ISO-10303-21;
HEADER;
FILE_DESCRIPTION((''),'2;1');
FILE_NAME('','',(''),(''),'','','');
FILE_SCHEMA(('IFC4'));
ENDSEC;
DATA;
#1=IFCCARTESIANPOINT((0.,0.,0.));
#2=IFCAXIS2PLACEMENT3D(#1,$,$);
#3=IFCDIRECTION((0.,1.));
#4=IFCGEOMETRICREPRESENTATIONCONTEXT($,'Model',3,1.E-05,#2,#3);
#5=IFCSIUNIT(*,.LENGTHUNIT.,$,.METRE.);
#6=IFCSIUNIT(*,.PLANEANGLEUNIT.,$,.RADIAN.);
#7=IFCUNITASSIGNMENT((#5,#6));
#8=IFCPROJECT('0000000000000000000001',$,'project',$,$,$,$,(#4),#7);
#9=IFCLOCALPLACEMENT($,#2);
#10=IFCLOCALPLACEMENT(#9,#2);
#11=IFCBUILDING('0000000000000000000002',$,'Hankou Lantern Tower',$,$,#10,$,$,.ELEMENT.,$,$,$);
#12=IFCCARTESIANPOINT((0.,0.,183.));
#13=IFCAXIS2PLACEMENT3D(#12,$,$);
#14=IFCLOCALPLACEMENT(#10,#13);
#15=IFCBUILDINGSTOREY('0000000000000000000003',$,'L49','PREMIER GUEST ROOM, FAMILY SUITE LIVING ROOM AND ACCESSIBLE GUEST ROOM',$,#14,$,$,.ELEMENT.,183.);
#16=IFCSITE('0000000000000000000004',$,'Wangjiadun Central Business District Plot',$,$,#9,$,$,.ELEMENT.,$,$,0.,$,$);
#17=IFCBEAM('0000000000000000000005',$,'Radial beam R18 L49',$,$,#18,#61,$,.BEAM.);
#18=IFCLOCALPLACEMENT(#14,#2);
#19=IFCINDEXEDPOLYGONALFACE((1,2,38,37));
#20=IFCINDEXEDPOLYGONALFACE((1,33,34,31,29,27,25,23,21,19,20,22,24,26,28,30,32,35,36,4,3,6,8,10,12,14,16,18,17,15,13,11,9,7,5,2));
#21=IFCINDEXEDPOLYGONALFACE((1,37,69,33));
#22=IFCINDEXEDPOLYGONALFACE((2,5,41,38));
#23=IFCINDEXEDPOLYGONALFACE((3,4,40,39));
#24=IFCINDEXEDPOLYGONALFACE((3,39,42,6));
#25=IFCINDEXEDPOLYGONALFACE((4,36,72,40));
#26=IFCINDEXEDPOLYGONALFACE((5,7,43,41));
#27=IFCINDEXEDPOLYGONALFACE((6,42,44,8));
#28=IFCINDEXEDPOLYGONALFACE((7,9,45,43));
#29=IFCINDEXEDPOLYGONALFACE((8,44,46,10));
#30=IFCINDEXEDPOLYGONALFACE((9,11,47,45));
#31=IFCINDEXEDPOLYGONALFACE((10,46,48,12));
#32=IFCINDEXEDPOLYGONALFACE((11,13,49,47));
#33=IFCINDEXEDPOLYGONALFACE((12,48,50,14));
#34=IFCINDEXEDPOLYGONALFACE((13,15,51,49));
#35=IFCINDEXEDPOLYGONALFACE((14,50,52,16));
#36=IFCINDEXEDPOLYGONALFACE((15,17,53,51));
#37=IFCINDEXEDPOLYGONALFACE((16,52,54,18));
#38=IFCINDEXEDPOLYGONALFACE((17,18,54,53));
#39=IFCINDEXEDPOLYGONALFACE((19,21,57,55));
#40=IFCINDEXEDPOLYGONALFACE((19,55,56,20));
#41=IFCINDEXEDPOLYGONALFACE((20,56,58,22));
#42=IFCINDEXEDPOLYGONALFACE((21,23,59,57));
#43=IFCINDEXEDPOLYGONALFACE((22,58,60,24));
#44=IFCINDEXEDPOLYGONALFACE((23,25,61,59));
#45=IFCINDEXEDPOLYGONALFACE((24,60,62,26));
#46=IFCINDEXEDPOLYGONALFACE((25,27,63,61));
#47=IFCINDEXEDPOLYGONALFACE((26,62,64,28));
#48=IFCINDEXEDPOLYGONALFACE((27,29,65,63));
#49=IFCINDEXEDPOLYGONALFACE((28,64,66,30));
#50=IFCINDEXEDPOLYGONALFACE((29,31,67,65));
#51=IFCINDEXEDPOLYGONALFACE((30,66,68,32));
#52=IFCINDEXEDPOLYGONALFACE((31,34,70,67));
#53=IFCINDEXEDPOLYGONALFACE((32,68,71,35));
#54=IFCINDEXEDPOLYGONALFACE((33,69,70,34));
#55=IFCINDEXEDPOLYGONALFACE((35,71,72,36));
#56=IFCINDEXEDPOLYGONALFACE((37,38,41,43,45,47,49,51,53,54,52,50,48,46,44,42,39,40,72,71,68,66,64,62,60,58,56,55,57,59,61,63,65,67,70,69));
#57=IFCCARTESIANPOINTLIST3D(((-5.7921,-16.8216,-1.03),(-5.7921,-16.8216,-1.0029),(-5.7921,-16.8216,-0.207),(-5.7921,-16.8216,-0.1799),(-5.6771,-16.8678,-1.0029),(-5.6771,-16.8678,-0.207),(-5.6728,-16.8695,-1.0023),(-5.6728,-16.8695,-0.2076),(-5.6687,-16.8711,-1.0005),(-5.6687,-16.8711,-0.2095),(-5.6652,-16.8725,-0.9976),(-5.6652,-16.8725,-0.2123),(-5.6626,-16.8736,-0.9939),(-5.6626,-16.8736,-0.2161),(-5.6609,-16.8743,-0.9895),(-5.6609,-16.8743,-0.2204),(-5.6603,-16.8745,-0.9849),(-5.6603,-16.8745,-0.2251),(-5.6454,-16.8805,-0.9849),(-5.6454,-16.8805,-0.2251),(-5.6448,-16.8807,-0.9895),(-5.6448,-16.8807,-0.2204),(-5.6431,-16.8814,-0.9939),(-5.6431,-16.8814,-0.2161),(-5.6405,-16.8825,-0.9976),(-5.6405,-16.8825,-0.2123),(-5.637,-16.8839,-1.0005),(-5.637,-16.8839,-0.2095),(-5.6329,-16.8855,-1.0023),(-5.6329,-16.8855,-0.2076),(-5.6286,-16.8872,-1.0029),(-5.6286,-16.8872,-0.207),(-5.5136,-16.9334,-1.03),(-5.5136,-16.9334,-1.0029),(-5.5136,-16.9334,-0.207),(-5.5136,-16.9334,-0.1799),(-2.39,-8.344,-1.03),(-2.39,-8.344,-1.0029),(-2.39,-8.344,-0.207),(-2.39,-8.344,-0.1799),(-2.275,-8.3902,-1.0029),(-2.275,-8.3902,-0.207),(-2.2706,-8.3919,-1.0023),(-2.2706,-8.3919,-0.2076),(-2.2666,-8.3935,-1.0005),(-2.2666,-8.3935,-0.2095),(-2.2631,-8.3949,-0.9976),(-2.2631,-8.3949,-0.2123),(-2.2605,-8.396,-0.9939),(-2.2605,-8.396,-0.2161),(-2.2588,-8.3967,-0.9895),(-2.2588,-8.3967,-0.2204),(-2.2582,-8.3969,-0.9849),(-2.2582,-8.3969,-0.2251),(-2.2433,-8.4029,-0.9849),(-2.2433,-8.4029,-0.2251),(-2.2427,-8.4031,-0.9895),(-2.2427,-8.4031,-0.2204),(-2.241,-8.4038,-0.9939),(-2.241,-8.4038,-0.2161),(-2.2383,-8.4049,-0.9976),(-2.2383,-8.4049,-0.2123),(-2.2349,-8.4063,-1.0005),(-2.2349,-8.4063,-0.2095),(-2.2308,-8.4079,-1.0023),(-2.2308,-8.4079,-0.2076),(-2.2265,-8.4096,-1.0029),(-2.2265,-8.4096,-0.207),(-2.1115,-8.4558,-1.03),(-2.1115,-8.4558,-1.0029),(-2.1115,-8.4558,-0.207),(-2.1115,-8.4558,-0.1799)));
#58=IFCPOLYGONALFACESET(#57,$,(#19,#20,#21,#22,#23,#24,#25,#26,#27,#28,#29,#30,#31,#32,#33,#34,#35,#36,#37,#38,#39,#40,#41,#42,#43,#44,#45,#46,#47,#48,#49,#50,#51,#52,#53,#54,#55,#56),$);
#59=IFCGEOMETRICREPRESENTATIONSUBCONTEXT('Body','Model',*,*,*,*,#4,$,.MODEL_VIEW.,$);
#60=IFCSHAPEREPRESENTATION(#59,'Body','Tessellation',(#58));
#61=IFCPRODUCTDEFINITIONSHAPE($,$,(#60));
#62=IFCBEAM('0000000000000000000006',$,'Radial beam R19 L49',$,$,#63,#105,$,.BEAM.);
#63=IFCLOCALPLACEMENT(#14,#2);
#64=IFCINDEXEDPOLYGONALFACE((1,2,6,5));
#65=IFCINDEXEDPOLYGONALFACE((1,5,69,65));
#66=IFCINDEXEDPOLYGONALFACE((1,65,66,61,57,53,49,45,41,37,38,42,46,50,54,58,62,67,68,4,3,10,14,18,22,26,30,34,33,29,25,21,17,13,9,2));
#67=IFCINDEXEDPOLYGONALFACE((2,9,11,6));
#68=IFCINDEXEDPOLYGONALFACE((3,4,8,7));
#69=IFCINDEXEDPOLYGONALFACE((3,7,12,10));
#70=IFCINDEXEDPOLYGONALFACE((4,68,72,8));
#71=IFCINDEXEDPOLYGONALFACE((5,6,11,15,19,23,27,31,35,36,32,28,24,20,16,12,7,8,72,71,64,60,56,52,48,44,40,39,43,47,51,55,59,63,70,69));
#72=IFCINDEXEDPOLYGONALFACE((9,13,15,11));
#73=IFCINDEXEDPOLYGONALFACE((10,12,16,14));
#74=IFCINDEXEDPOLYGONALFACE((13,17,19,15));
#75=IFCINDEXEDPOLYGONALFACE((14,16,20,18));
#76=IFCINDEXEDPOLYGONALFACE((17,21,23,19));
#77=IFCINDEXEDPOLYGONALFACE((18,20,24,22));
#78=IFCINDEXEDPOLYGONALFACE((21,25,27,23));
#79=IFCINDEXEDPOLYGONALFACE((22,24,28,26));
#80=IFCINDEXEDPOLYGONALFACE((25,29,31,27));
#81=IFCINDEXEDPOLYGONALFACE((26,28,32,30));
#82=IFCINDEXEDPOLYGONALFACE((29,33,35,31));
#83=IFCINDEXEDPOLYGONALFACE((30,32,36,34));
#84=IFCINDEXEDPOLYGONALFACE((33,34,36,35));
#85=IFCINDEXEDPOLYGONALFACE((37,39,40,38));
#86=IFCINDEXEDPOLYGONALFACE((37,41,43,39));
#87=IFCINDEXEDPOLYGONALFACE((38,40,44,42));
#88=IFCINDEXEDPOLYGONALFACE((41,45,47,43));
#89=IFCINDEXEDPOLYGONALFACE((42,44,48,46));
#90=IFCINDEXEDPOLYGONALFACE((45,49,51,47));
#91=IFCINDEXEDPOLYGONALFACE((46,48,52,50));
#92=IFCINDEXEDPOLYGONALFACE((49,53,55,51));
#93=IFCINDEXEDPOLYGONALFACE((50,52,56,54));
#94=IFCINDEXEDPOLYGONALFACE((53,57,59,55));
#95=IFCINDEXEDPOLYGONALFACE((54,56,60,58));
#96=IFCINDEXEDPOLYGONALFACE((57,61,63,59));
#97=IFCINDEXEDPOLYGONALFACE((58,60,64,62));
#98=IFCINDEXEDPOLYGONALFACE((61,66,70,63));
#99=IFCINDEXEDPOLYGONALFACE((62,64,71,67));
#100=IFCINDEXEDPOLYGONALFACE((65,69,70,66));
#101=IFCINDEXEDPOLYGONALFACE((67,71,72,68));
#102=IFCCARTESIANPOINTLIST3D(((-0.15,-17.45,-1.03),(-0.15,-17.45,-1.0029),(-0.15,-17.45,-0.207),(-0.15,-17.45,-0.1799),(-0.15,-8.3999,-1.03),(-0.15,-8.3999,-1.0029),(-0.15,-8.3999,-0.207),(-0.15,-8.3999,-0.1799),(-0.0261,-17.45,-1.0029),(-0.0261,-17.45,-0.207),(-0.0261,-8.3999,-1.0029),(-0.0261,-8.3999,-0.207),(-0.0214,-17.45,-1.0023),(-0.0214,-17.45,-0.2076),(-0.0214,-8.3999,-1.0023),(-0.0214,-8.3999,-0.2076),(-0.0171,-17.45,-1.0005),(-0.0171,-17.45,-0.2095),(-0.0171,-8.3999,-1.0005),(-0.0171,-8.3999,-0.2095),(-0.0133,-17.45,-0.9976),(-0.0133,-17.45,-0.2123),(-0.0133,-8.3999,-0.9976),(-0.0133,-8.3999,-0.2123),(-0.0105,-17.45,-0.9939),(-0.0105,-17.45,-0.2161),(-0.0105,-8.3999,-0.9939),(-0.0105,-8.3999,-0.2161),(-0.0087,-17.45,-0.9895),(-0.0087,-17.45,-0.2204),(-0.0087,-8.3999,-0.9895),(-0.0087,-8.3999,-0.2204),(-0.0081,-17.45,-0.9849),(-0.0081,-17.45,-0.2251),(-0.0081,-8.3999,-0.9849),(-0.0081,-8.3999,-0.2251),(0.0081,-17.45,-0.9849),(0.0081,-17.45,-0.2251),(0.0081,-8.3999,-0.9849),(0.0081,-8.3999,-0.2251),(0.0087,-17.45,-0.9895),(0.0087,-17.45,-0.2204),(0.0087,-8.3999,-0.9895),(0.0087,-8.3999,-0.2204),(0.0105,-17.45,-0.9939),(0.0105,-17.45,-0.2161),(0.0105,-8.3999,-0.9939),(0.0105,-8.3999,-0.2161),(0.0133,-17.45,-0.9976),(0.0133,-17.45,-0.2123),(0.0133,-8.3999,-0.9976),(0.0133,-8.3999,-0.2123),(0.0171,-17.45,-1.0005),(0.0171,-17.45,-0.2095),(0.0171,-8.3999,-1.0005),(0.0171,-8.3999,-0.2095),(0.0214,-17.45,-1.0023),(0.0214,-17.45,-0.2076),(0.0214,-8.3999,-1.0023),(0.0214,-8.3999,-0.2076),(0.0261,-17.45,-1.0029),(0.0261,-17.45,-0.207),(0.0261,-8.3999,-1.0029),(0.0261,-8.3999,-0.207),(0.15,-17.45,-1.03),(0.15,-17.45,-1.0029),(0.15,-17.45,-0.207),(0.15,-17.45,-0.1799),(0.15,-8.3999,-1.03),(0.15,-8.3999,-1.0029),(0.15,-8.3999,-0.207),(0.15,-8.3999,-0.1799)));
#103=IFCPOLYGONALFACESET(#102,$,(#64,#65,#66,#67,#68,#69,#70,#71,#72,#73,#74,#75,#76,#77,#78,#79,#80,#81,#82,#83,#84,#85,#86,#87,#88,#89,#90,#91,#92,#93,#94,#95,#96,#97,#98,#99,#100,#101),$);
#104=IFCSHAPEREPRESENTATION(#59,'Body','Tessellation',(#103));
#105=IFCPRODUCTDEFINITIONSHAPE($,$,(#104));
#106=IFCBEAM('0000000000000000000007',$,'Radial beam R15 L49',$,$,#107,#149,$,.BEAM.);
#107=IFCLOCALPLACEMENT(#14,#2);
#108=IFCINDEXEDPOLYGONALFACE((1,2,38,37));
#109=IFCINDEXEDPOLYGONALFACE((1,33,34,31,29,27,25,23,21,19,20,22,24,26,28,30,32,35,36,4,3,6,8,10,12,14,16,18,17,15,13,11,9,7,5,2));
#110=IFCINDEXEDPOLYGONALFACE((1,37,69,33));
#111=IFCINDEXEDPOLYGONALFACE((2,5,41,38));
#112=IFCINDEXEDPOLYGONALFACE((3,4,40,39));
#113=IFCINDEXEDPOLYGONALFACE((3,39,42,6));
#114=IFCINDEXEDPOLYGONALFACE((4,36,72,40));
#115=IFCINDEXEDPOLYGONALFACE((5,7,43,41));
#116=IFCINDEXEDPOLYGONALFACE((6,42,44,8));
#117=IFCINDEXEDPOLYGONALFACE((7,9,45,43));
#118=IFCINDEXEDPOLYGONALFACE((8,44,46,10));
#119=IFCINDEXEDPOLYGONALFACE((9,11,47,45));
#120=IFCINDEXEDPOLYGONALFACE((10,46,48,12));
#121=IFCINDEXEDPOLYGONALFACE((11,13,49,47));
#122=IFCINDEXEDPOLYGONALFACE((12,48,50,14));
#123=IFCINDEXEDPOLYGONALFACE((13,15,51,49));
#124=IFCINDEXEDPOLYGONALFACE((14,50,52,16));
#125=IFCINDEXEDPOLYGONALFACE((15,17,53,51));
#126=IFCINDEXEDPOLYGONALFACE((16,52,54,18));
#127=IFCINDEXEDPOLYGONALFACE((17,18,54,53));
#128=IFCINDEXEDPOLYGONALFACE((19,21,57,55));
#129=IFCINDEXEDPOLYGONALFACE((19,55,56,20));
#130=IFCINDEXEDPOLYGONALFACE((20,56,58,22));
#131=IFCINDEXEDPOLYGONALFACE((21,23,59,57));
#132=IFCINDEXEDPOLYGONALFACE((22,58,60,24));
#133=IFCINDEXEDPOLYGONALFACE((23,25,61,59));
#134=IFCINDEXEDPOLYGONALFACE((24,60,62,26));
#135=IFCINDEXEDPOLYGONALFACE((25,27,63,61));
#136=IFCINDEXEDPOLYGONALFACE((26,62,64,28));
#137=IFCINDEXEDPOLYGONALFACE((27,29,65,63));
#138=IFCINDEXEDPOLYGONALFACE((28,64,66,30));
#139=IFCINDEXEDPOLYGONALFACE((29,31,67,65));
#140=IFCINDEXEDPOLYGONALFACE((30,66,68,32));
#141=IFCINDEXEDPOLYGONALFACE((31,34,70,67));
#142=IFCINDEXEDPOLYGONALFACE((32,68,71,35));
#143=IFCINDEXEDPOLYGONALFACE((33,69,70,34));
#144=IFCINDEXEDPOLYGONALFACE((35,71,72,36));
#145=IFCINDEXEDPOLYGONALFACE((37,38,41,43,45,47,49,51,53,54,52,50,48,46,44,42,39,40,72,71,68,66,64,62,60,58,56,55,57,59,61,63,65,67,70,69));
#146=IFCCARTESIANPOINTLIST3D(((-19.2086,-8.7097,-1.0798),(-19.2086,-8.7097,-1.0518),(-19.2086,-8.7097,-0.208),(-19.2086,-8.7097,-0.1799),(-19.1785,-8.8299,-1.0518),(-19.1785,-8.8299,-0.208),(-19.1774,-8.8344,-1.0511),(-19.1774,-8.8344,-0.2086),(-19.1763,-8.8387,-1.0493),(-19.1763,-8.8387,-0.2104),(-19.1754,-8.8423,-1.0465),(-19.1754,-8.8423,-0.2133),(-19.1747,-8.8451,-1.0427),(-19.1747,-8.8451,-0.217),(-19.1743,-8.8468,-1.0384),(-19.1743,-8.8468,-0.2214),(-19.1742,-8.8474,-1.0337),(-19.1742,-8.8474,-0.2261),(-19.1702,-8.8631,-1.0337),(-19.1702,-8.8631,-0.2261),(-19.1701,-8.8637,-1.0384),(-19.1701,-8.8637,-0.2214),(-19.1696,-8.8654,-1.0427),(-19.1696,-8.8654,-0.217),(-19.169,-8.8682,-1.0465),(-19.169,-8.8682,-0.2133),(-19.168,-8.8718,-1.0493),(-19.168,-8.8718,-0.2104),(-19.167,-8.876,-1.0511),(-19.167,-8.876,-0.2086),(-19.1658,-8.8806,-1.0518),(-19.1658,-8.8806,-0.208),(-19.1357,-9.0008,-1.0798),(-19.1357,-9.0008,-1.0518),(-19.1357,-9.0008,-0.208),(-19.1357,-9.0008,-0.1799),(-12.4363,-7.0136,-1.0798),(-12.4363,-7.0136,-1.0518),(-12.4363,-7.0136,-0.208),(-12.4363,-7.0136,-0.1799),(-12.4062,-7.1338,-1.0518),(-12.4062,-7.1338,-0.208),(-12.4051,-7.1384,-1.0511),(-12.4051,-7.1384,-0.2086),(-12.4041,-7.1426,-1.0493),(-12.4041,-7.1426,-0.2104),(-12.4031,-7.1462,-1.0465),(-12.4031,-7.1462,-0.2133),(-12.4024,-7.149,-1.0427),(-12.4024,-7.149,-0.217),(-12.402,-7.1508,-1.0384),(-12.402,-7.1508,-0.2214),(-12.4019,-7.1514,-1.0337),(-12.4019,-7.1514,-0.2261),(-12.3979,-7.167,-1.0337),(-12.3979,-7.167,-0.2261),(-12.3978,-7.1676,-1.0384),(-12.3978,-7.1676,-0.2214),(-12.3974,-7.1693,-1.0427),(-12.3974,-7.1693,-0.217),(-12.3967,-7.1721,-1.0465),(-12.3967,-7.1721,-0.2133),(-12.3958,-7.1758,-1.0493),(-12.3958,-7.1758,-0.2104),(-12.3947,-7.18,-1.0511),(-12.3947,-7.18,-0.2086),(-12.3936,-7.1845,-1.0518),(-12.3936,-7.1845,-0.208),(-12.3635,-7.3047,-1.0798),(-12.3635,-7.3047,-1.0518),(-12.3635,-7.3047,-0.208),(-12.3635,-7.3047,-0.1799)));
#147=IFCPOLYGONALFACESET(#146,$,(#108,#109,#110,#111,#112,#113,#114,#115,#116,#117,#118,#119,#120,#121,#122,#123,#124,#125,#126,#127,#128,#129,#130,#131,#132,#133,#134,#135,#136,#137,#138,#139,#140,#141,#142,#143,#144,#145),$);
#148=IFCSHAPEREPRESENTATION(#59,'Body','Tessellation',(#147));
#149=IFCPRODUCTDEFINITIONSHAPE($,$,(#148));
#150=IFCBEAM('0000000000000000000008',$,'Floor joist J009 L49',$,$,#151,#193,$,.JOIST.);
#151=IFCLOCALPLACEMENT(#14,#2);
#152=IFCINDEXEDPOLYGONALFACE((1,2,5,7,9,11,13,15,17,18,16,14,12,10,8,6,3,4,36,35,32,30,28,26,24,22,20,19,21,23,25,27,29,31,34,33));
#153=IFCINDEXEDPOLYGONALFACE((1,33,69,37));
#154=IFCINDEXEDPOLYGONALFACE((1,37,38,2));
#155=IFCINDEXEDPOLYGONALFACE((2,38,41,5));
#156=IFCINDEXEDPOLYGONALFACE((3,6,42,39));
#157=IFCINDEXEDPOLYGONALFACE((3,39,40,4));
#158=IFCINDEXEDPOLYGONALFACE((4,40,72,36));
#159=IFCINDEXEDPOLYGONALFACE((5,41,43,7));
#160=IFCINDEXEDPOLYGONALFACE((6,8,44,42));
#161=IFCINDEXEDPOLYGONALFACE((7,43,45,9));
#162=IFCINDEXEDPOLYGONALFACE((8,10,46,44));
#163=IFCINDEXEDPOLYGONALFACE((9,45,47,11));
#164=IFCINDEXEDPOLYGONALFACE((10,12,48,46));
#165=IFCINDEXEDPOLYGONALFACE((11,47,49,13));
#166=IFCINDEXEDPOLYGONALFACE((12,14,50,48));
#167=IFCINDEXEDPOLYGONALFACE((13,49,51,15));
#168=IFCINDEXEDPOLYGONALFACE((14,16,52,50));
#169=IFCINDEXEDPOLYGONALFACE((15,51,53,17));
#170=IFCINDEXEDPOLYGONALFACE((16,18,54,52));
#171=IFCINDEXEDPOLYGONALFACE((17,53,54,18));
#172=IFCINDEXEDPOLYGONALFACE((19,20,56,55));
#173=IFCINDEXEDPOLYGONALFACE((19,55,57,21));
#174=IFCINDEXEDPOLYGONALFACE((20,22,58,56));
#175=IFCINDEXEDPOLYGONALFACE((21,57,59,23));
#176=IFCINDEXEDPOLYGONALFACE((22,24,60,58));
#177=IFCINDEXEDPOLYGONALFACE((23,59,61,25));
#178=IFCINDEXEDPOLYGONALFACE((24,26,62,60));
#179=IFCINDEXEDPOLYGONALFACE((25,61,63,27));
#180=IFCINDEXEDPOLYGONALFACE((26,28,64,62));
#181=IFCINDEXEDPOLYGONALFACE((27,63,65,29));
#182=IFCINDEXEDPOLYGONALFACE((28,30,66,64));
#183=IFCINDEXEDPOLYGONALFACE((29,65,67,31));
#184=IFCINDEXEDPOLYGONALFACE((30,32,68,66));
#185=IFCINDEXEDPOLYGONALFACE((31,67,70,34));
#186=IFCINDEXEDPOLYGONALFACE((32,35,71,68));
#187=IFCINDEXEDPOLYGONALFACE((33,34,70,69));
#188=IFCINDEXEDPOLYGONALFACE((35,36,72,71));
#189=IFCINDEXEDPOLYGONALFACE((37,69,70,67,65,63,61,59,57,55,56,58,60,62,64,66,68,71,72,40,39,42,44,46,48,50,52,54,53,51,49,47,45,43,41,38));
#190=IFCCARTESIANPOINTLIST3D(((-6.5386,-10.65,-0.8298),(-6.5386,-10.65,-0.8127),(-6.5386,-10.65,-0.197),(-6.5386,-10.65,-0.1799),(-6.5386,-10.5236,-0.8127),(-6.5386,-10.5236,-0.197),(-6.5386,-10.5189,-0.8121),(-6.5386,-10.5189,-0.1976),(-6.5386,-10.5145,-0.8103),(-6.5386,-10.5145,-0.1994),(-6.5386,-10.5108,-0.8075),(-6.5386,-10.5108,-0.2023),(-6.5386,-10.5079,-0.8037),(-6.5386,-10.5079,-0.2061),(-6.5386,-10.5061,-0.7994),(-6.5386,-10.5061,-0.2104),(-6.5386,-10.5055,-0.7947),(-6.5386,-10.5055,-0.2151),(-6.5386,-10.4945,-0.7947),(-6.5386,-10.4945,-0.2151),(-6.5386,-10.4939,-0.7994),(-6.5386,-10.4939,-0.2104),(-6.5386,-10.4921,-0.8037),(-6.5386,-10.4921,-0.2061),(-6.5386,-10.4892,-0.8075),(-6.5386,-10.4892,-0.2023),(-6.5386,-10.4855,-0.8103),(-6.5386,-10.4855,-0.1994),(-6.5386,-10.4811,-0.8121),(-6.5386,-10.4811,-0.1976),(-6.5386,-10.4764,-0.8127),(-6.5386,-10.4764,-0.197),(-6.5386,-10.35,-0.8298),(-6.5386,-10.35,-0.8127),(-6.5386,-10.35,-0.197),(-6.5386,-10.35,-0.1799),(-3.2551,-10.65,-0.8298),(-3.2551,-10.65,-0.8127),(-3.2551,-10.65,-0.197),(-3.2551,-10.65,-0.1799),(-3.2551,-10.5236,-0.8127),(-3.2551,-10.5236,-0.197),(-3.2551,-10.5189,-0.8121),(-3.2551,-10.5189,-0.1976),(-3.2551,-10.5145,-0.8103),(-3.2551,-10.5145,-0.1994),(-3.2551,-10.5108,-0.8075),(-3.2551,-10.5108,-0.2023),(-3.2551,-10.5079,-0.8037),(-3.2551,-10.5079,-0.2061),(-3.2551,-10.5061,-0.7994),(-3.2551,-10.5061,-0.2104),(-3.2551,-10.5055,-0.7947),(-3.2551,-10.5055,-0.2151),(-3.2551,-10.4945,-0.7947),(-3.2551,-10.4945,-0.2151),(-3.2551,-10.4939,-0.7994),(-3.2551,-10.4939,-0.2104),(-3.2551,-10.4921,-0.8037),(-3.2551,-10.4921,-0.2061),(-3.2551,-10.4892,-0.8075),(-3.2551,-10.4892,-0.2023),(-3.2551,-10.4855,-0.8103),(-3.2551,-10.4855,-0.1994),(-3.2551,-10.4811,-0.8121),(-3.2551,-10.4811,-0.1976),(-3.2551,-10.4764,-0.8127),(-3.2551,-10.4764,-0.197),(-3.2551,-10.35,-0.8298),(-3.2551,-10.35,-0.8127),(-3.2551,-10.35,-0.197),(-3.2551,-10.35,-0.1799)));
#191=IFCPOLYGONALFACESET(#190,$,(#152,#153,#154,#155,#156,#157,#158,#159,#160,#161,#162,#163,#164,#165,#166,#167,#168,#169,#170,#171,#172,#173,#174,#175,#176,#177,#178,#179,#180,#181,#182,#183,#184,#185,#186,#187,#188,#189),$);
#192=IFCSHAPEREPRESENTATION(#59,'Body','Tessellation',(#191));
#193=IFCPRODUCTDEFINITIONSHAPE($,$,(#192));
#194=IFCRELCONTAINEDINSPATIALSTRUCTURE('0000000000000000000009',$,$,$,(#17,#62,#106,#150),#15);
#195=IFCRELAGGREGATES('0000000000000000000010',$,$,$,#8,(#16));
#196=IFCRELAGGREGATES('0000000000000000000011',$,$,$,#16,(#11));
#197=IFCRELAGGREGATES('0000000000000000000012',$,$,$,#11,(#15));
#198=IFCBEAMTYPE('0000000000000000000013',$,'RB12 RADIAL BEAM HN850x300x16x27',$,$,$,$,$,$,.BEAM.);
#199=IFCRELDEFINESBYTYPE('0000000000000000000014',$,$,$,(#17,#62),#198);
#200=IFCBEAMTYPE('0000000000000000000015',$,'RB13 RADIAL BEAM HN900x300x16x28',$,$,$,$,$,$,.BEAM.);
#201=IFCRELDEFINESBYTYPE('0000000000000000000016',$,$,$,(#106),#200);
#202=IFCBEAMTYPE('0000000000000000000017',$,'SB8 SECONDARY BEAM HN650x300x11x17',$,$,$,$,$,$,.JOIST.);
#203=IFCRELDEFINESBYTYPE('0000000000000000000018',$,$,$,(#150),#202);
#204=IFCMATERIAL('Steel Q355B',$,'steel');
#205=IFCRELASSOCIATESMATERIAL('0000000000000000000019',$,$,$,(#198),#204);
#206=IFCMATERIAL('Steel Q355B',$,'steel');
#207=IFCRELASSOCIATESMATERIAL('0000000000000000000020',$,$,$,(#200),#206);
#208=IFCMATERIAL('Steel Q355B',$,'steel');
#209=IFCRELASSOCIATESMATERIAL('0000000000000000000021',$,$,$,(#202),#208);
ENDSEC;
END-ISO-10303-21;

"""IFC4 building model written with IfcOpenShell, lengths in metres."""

from ifc_helpers import new_model, si_unit, direction, frame, origin, origin_2d, place, context, subcontext, project, spatial, i_section, extrude, material, material_profile, profile_set, type_object, element, save


model = new_model("IFC4")

# Units and contexts
model_context = context("Model", 3, precision=1e-05, world=origin(), true_north=direction((0.0, 1.0)))
body_context = subcontext(model_context, "Body", "Model", "MODEL_VIEW")
ifc_project = project(units=[si_unit("LENGTHUNIT", "METRE"), si_unit("PLANEANGLEUNIT", "RADIAN")], contexts=[model_context])

# Site, building, storey
site_placement = place(None, origin())
site = spatial("IfcSite", under=ifc_project, at=site_placement, Name="Wangjiadun Central Business District Plot", CompositionType="ELEMENT", RefElevation=0.0)
building_placement = place(site_placement, origin())
building = spatial("IfcBuilding", under=site, at=building_placement, Name="Hankou Lantern Tower", CompositionType="ELEMENT")
storey_placement = place(building_placement, frame((0.0, 0.0, 183.0)))
storey = spatial("IfcBuildingStorey", under=building, at=storey_placement, Name="L49", Description="PREMIER GUEST ROOM, FAMILY SUITE LIVING ROOM AND ACCESSIBLE GUEST ROOM", CompositionType="ELEMENT", Elevation=183.0)

# Beams
ifc_material_1 = material(Name="Steel Q355B", Category="steel")
ifc_material_profile_1 = material_profile(ifc_material_1, i_section(OverallWidth=0.3, OverallDepth=0.8501, WebThickness=0.0161, FlangeThickness=0.0271, FilletRadius=0.0181, at=origin_2d()), Name="HN850x300x16x27")
ifc_profile_set_1 = profile_set([ifc_material_profile_1], Name="Steel Q355B")
beam_type_1 = type_object("IfcBeamType", Name="RB12 RADIAL BEAM HN850x300x16x27", PredefinedType="BEAM", material=ifc_profile_set_1)
beam_1_placement = place(storey_placement, frame((-2.2507, -8.3999, -0.605), z_axis=(-0.372436, -0.928058, 0.0), x_axis=(0.928058, -0.372436, 0.0)))
element("IfcBeam", 1, at=beam_1_placement, inside=storey, type_object=beam_type_1, Name="Radial beam R18 L49", PredefinedType="BEAM", context=body_context, shape_type="SweptSolid", body=[
    extrude(i_section(OverallWidth=0.3, OverallDepth=0.8501, WebThickness=0.0161, FlangeThickness=0.0271, FilletRadius=0.0181, at=origin_2d()), origin(), (0.0, 0.0, 1.0), 9.1348),
])
beam_2_placement = place(storey_placement, frame((0.0, -8.3999, -0.605), z_axis=(0.0, -1.0, 0.0), x_axis=(1.0, 0.0, 0.0)))
element("IfcBeam", 2, at=beam_2_placement, inside=storey, type_object=beam_type_1, Name="Radial beam R19 L49", PredefinedType="BEAM", context=body_context, shape_type="SweptSolid", body=[
    extrude(i_section(OverallWidth=0.3, OverallDepth=0.8501, WebThickness=0.0161, FlangeThickness=0.0271, FilletRadius=0.0181, at=origin_2d()), origin(), (0.0, 0.0, 1.0), 9.05),
])
ifc_material_2 = material(Name="Steel Q355B", Category="steel")
ifc_material_profile_2 = material_profile(ifc_material_2, i_section(OverallWidth=0.3, OverallDepth=0.8999, WebThickness=0.0161, FlangeThickness=0.0281, FilletRadius=0.0181, at=origin_2d()), Name="HN900x300x16x28")
ifc_profile_set_2 = profile_set([ifc_material_profile_2], Name="Steel Q355B")
beam_type_2 = type_object("IfcBeamType", Name="RB13 RADIAL BEAM HN900x300x16x28", PredefinedType="BEAM", material=ifc_profile_set_2)
beam_3_placement = place(storey_placement, frame((-12.3999, -7.1592, -0.6299), z_axis=(-0.970042, -0.242939, 0.0), x_axis=(0.242939, -0.970042, 0.0)))
element("IfcBeam", 3, at=beam_3_placement, inside=storey, type_object=beam_type_2, Name="Radial beam R15 L49", PredefinedType="BEAM", context=body_context, shape_type="SweptSolid", body=[
    extrude(i_section(OverallWidth=0.3, OverallDepth=0.8999, WebThickness=0.0161, FlangeThickness=0.0281, FilletRadius=0.0181, at=origin_2d()), origin(), (0.0, 0.0, 1.0), 6.9814),
])
ifc_material_3 = material(Name="Steel Q355B", Category="steel")
ifc_material_profile_3 = material_profile(ifc_material_3, i_section(OverallWidth=0.3, OverallDepth=0.6499, WebThickness=0.011, FlangeThickness=0.0171, FilletRadius=0.0181, at=origin_2d()), Name="HN650x300x11x17")
ifc_profile_set_3 = profile_set([ifc_material_profile_3], Name="Steel Q355B")
beam_type_3 = type_object("IfcBeamType", Name="SB8 SECONDARY BEAM HN650x300x11x17", PredefinedType="JOIST", material=ifc_profile_set_3)
beam_4_placement = place(storey_placement, frame((-6.5386, -10.5, -0.5049), z_axis=(1.0, 0.0, 0.0), x_axis=(0.0, 1.0, 0.0)))
element("IfcBeam", 4, at=beam_4_placement, inside=storey, type_object=beam_type_3, Name="Floor joist J009 L49", PredefinedType="JOIST", context=body_context, shape_type="SweptSolid", body=[
    extrude(i_section(OverallWidth=0.3, OverallDepth=0.6499, WebThickness=0.011, FlangeThickness=0.0171, FilletRadius=0.0181, at=origin_2d()), origin(), (0.0, 0.0, 1.0), 3.2834),
])

save(model, "model.ifc")
